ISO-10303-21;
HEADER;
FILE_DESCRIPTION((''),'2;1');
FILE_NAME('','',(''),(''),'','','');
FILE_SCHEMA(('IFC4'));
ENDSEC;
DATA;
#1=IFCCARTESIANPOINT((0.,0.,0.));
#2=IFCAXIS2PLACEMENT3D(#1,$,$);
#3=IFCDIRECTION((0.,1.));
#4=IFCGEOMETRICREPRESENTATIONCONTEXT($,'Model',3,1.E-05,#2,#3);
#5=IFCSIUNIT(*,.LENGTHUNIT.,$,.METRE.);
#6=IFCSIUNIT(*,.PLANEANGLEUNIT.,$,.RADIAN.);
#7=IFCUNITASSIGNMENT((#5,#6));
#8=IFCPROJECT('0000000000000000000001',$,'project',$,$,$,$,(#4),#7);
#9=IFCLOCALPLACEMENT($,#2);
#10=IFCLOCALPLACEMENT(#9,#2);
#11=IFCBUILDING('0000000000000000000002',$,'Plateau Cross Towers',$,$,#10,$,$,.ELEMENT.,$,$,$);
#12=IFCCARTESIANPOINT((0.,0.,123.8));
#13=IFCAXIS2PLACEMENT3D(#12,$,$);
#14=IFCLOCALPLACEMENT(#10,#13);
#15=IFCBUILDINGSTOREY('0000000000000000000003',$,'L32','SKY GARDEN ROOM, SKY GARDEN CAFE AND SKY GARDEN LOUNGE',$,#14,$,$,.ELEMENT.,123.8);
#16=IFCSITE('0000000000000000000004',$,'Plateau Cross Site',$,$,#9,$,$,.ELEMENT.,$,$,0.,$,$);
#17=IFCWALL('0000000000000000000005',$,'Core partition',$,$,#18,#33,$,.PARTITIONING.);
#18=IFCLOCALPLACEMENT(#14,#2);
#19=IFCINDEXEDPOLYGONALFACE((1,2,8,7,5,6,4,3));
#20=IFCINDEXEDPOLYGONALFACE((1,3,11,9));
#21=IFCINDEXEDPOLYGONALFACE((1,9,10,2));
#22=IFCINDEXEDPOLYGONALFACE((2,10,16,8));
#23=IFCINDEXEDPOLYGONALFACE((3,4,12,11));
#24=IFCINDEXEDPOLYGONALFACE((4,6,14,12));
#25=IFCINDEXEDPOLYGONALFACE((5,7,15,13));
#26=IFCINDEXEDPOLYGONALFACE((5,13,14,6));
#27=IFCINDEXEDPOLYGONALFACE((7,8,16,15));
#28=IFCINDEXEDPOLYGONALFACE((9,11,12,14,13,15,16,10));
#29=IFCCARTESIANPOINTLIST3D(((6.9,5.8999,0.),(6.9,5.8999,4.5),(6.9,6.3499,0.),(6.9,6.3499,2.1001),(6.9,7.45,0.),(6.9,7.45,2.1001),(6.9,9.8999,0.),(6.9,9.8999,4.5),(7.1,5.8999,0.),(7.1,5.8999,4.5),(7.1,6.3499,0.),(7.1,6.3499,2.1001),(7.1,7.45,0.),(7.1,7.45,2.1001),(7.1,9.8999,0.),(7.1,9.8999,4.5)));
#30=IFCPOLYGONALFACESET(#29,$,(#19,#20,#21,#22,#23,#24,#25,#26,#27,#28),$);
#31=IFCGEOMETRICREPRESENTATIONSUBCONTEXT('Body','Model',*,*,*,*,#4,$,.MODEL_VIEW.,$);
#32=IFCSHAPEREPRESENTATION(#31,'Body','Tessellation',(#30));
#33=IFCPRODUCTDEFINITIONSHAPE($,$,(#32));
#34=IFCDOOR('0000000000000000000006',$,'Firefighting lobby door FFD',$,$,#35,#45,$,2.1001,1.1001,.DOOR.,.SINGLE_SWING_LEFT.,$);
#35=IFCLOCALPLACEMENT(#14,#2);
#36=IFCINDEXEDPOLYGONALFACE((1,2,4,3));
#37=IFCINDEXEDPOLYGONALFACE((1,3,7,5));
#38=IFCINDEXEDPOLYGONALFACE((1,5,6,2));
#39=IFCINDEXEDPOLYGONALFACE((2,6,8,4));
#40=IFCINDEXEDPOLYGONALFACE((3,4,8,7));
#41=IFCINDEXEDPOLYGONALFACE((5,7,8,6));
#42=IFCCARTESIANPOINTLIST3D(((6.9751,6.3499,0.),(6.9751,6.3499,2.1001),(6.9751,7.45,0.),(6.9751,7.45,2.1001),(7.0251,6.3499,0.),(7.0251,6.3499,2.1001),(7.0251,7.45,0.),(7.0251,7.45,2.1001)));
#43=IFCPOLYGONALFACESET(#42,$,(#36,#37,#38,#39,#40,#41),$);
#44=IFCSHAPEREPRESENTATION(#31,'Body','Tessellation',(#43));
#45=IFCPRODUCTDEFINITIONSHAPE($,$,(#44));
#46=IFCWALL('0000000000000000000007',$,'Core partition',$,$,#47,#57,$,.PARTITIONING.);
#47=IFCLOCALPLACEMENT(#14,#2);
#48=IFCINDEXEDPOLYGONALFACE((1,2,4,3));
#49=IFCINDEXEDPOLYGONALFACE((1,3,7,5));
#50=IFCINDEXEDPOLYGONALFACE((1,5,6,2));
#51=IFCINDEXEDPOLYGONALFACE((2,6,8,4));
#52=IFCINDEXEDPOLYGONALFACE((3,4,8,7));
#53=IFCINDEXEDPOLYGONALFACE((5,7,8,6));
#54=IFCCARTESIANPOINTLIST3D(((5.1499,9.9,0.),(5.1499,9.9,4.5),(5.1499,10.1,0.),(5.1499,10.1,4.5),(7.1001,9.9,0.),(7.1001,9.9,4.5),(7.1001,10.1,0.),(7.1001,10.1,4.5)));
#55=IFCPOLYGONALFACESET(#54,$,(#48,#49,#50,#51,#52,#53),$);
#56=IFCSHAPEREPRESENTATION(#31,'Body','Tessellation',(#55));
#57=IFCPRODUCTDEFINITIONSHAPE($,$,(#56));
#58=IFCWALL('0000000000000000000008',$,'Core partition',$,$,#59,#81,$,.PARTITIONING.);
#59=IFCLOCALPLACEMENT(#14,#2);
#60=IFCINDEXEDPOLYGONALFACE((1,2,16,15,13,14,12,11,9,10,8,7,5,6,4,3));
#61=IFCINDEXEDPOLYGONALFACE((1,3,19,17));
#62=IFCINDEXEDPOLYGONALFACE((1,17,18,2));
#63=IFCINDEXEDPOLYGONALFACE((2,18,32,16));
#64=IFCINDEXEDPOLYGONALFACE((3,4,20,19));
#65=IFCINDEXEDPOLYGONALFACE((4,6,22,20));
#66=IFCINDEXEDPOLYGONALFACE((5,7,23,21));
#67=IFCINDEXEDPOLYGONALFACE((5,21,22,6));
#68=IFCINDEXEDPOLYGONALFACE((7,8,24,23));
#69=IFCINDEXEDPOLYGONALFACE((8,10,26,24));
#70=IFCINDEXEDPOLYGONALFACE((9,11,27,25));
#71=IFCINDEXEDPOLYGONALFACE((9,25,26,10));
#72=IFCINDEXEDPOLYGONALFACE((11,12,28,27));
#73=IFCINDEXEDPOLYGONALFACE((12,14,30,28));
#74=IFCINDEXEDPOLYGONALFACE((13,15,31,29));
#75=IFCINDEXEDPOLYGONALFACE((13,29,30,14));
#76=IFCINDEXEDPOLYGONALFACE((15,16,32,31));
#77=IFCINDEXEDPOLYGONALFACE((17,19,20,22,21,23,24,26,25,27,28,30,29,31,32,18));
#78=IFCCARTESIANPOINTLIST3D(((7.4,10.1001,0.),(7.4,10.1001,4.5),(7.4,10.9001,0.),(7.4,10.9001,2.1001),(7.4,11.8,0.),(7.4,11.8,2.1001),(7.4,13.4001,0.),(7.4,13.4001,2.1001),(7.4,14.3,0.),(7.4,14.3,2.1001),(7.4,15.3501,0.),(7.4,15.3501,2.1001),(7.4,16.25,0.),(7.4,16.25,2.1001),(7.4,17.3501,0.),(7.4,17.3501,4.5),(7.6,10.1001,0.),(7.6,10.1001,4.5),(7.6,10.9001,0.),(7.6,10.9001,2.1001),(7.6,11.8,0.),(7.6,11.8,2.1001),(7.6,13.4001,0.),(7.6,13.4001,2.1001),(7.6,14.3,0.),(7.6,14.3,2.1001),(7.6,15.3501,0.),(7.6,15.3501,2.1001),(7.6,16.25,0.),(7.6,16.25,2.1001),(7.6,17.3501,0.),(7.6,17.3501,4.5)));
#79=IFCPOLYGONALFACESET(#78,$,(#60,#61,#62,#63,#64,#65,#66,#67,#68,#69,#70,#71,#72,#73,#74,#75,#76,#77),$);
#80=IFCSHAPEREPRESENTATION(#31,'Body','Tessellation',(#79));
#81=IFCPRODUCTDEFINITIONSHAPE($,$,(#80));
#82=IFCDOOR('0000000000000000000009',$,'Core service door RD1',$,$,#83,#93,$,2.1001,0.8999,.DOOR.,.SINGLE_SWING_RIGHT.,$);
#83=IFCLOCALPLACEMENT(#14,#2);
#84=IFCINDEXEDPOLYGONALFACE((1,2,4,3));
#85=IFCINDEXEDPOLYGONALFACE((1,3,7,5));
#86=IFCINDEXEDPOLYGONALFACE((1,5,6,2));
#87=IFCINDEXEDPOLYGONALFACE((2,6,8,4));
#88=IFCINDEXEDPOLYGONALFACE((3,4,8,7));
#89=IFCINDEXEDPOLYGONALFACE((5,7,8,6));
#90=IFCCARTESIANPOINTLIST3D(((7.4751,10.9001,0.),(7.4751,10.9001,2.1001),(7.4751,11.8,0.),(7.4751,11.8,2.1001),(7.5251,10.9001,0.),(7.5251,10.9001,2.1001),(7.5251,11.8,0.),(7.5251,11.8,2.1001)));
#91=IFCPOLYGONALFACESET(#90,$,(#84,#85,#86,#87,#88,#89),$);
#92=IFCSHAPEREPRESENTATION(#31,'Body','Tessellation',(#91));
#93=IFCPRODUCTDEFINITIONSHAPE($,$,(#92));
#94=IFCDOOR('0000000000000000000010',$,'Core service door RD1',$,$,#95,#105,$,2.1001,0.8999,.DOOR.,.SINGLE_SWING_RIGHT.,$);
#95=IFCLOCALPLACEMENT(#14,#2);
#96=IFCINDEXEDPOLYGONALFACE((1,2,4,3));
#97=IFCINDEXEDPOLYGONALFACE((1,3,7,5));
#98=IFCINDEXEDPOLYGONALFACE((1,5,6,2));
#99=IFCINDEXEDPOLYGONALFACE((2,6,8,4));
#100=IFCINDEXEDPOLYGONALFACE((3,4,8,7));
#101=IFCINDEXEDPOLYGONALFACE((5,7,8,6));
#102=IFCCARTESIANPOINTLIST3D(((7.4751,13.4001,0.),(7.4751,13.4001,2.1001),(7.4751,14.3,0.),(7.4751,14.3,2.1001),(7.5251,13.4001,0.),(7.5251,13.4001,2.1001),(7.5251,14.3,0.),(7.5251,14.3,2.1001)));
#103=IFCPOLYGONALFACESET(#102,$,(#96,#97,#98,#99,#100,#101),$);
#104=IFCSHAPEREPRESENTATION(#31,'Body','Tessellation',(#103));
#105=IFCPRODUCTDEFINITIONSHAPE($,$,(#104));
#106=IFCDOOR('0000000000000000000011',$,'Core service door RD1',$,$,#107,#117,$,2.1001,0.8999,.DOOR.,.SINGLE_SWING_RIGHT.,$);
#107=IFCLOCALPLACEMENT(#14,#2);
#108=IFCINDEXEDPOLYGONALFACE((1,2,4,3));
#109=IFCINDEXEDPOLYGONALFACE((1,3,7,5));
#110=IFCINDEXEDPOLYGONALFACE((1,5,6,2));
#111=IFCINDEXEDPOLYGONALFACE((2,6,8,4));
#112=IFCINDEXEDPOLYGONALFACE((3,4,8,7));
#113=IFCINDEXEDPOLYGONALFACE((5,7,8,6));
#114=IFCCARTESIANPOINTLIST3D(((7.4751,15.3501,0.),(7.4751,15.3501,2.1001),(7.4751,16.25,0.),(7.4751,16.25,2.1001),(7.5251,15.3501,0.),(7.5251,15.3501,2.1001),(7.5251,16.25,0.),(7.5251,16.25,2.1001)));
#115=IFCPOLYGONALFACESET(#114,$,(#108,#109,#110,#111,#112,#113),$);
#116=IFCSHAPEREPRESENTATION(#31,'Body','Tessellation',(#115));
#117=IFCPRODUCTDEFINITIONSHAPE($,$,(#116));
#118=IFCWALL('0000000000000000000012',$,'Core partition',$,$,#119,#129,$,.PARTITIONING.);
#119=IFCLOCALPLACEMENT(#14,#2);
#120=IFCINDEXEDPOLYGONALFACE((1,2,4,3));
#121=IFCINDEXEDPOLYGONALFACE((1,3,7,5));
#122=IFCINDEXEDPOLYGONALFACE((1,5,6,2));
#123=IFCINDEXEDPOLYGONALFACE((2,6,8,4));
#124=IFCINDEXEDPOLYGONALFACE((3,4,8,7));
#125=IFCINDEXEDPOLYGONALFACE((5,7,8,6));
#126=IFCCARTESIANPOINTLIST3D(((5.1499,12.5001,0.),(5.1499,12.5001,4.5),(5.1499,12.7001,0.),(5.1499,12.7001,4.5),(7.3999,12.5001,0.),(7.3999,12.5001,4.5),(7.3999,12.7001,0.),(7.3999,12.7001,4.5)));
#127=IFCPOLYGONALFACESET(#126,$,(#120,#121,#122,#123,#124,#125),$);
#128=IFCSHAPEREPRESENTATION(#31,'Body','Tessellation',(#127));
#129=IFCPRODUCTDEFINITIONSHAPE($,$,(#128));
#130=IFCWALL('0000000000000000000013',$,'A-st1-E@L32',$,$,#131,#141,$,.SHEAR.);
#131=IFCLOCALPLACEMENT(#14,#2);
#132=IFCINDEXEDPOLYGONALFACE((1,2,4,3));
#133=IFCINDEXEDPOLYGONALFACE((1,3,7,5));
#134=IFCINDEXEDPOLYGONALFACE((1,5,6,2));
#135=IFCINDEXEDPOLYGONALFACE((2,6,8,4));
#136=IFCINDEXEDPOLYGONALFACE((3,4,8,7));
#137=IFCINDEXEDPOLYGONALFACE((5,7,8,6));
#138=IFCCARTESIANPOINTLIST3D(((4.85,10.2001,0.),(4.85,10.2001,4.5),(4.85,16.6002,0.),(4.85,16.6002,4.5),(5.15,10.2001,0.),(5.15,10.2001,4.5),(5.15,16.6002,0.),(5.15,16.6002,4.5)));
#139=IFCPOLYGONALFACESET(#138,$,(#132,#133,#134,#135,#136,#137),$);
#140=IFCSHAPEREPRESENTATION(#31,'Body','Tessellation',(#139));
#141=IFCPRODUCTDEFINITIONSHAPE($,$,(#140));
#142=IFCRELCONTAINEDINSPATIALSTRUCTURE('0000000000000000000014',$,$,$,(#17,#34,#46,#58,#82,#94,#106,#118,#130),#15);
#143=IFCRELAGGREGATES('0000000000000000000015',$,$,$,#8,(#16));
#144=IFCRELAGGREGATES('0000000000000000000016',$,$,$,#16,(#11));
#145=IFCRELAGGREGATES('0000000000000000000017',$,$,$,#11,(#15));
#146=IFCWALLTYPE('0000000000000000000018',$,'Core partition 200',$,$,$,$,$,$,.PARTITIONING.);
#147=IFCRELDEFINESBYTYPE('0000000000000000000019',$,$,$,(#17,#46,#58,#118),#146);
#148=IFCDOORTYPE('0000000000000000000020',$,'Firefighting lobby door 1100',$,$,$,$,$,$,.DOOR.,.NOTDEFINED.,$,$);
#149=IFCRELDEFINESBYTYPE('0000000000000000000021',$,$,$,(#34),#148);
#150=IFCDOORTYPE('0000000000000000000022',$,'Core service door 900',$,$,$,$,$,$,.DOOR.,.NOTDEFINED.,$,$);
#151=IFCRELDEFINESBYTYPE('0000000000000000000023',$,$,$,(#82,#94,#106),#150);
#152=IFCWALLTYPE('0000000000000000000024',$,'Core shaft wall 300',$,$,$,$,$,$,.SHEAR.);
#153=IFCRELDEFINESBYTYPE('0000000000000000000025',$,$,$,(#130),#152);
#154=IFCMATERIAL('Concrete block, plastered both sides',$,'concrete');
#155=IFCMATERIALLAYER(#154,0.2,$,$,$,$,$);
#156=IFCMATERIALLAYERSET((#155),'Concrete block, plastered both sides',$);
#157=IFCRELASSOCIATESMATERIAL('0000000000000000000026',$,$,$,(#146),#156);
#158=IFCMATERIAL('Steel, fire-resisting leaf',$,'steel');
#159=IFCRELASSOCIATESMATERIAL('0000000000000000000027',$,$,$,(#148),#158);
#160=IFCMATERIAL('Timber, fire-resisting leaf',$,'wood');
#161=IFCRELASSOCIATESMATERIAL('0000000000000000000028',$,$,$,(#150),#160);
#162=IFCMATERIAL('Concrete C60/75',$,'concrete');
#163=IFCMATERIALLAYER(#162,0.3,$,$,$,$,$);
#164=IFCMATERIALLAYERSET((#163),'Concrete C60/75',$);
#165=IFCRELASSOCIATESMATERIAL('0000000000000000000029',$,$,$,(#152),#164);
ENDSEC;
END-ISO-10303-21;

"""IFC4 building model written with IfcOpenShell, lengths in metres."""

from ifc_helpers import new_model, si_unit, direction, frame, frame_2d, origin, place, context, subcontext, project, spatial, rectangle, extrude, material, layer, layer_set, type_object, element, fill, save


model = new_model("IFC4")

# Units and contexts
model_context = context("Model", 3, precision=1e-05, world=origin(), true_north=direction((0.0, 1.0)))
body_context = subcontext(model_context, "Body", "Model", "MODEL_VIEW")
ifc_project = project(units=[si_unit("LENGTHUNIT", "METRE"), si_unit("PLANEANGLEUNIT", "RADIAN")], contexts=[model_context])

# Site, building, storey
site_placement = place(None, origin())
site = spatial("IfcSite", under=ifc_project, at=site_placement, Name="Plateau Cross Site", CompositionType="ELEMENT", RefElevation=0.0)
building_placement = place(site_placement, origin())
building = spatial("IfcBuilding", under=site, at=building_placement, Name="Plateau Cross Towers", CompositionType="ELEMENT")
storey_placement = place(building_placement, frame((0.0, 0.0, 123.8)))
storey = spatial("IfcBuildingStorey", under=building, at=storey_placement, Name="L32", Description="SKY GARDEN ROOM, SKY GARDEN CAFE AND SKY GARDEN LOUNGE", CompositionType="ELEMENT", Elevation=123.8)

# Wall, opening, door
ifc_material_1 = material(Name="Concrete block, plastered both sides", Category="concrete")
ifc_layer_1 = layer(ifc_material_1, 0.2)
ifc_layer_set_1 = layer_set([ifc_layer_1], Name="Concrete block, plastered both sides")
wall_type_1 = type_object("IfcWallType", Name="Core partition 200", PredefinedType="PARTITIONING", material=ifc_layer_set_1)
wall_1_placement = place(storey_placement, frame((7.0, 5.8999, 0.0), z_axis=(0.0, 0.0, 1.0), x_axis=(0.0, 1.0, 0.0)))
wall_1 = element("IfcWall", 1, at=wall_1_placement, inside=storey, type_object=wall_type_1, Name="Core partition", PredefinedType="PARTITIONING", context=body_context, shape_type="SweptSolid", body=[
    extrude(rectangle(XDim=4.0, YDim=0.2, at=frame_2d((2.0, 0.0))), origin(), (0.0, 0.0, 1.0), 4.5),
])
opening_1_placement = place(wall_1_placement, frame((0.45, 0.0, 0.0)))
opening_1 = element("IfcOpeningElement", 2, at=opening_1_placement, cuts=wall_1, PredefinedType="OPENING", context=body_context, shape_type="SweptSolid", body=[
    extrude(rectangle(XDim=1.1001, YDim=2.1001, at=frame_2d((0.55, 1.05))), frame((0.0, 0.1099, 0.0), z_axis=(0.0, -1.0, 0.0), x_axis=(1.0, 0.0, 0.0)), (0.0, 0.0, 1.0), 0.22),
])
ifc_material_2 = material(Name="Steel, fire-resisting leaf", Category="steel")
door_type_1 = type_object("IfcDoorType", Name="Firefighting lobby door 1100", OperationType="NOTDEFINED", PredefinedType="DOOR", material=ifc_material_2)
door_1_placement = place(opening_1_placement, origin())
door_1 = element("IfcDoor", 3, at=door_1_placement, inside=storey, type_object=door_type_1, Name="Firefighting lobby door FFD", OperationType="SINGLE_SWING_LEFT", OverallHeight=2.1001, OverallWidth=1.1001, PredefinedType="DOOR", context=body_context, shape_type="SweptSolid", body=[
    extrude(rectangle(XDim=1.1001, YDim=2.1001, at=frame_2d((0.55, 1.05))), frame((0.0, 0.0249, 0.0), z_axis=(0.0, -1.0, 0.0), x_axis=(1.0, 0.0, 0.0)), (0.0, 0.0, 1.0), 0.05),
])
fill(opening_1, door_1)

# Wall
wall_2_placement = place(storey_placement, frame((5.1499, 10.0, 0.0), z_axis=(0.0, 0.0, 1.0), x_axis=(1.0, 0.0, 0.0)))
element("IfcWall", 4, at=wall_2_placement, inside=storey, type_object=wall_type_1, Name="Core partition", PredefinedType="PARTITIONING", context=body_context, shape_type="SweptSolid", body=[
    extrude(rectangle(XDim=1.9502, YDim=0.2, at=frame_2d((0.9751, 0.0))), origin(), (0.0, 0.0, 1.0), 4.5),
])

# Wall, openings, doors
wall_3_placement = place(storey_placement, frame((7.5, 10.1001, 0.0), z_axis=(0.0, 0.0, 1.0), x_axis=(0.0, 1.0, 0.0)))
wall_3 = element("IfcWall", 5, at=wall_3_placement, inside=storey, type_object=wall_type_1, Name="Core partition", PredefinedType="PARTITIONING", context=body_context, shape_type="SweptSolid", body=[
    extrude(rectangle(XDim=7.25, YDim=0.2, at=frame_2d((3.625, 0.0))), origin(), (0.0, 0.0, 1.0), 4.5),
])
opening_2_placement = place(wall_3_placement, frame((0.8, 0.0, 0.0)))
opening_2 = element("IfcOpeningElement", 6, at=opening_2_placement, cuts=wall_3, PredefinedType="OPENING", context=body_context, shape_type="SweptSolid", body=[
    extrude(rectangle(XDim=0.8999, YDim=2.1001, at=frame_2d((0.45, 1.05))), frame((0.0, 0.1099, 0.0), z_axis=(0.0, -1.0, 0.0), x_axis=(1.0, 0.0, 0.0)), (0.0, 0.0, 1.0), 0.22),
])
opening_3_placement = place(wall_3_placement, frame((3.3, 0.0, 0.0)))
opening_3 = element("IfcOpeningElement", 7, at=opening_3_placement, cuts=wall_3, PredefinedType="OPENING", context=body_context, shape_type="SweptSolid", body=[
    extrude(rectangle(XDim=0.8999, YDim=2.1001, at=frame_2d((0.45, 1.05))), frame((0.0, 0.1099, 0.0), z_axis=(0.0, -1.0, 0.0), x_axis=(1.0, 0.0, 0.0)), (0.0, 0.0, 1.0), 0.22),
])
opening_4_placement = place(wall_3_placement, frame((5.25, 0.0, 0.0)))
opening_4 = element("IfcOpeningElement", 8, at=opening_4_placement, cuts=wall_3, PredefinedType="OPENING", context=body_context, shape_type="SweptSolid", body=[
    extrude(rectangle(XDim=0.8999, YDim=2.1001, at=frame_2d((0.45, 1.05))), frame((0.0, 0.1099, 0.0), z_axis=(0.0, -1.0, 0.0), x_axis=(1.0, 0.0, 0.0)), (0.0, 0.0, 1.0), 0.22),
])
ifc_material_3 = material(Name="Timber, fire-resisting leaf", Category="wood")
door_type_2 = type_object("IfcDoorType", Name="Core service door 900", OperationType="NOTDEFINED", PredefinedType="DOOR", material=ifc_material_3)
door_2_placement = place(opening_2_placement, origin())
door_2 = element("IfcDoor", 9, at=door_2_placement, inside=storey, type_object=door_type_2, Name="Core service door RD1", OperationType="SINGLE_SWING_RIGHT", OverallHeight=2.1001, OverallWidth=0.8999, PredefinedType="DOOR", context=body_context, shape_type="SweptSolid", body=[
    extrude(rectangle(XDim=0.8999, YDim=2.1001, at=frame_2d((0.45, 1.05))), frame((0.0, 0.0249, 0.0), z_axis=(0.0, -1.0, 0.0), x_axis=(1.0, 0.0, 0.0)), (0.0, 0.0, 1.0), 0.05),
])
fill(opening_2, door_2)
door_3_placement = place(opening_3_placement, origin())
door_3 = element("IfcDoor", 10, at=door_3_placement, inside=storey, type_object=door_type_2, Name="Core service door RD1", OperationType="SINGLE_SWING_RIGHT", OverallHeight=2.1001, OverallWidth=0.8999, PredefinedType="DOOR", context=body_context, shape_type="SweptSolid", body=[
    extrude(rectangle(XDim=0.8999, YDim=2.1001, at=frame_2d((0.45, 1.05))), frame((0.0, 0.0249, 0.0), z_axis=(0.0, -1.0, 0.0), x_axis=(1.0, 0.0, 0.0)), (0.0, 0.0, 1.0), 0.05),
])
fill(opening_3, door_3)
door_4_placement = place(opening_4_placement, origin())
door_4 = element("IfcDoor", 11, at=door_4_placement, inside=storey, type_object=door_type_2, Name="Core service door RD1", OperationType="SINGLE_SWING_RIGHT", OverallHeight=2.1001, OverallWidth=0.8999, PredefinedType="DOOR", context=body_context, shape_type="SweptSolid", body=[
    extrude(rectangle(XDim=0.8999, YDim=2.1001, at=frame_2d((0.45, 1.05))), frame((0.0, 0.0249, 0.0), z_axis=(0.0, -1.0, 0.0), x_axis=(1.0, 0.0, 0.0)), (0.0, 0.0, 1.0), 0.05),
])
fill(opening_4, door_4)

# Walls
wall_4_placement = place(storey_placement, frame((5.1499, 12.6001, 0.0), z_axis=(0.0, 0.0, 1.0), x_axis=(1.0, 0.0, 0.0)))
element("IfcWall", 12, at=wall_4_placement, inside=storey, type_object=wall_type_1, Name="Core partition", PredefinedType="PARTITIONING", context=body_context, shape_type="SweptSolid", body=[
    extrude(rectangle(XDim=2.25, YDim=0.2, at=frame_2d((1.125, 0.0))), origin(), (0.0, 0.0, 1.0), 4.5),
])
ifc_material_4 = material(Name="Concrete C60/75", Category="concrete")
ifc_layer_2 = layer(ifc_material_4, 0.3)
ifc_layer_set_2 = layer_set([ifc_layer_2], Name="Concrete C60/75")
wall_type_2 = type_object("IfcWallType", Name="Core shaft wall 300", PredefinedType="SHEAR", material=ifc_layer_set_2)
wall_5_placement = place(storey_placement, frame((5.0, 10.2, 0.0), z_axis=(0.0, 0.0, 1.0), x_axis=(0.0, 1.0, 0.0)))
element("IfcWall", 13, at=wall_5_placement, inside=storey, type_object=wall_type_2, Name="A-st1-E@L32", PredefinedType="SHEAR", context=body_context, shape_type="SweptSolid", body=[
    extrude(rectangle(XDim=6.4001, YDim=0.3, at=frame_2d((3.2002, 0.0))), origin(), (0.0, 0.0, 1.0), 4.5),
])

save(model, "model.ifc")
